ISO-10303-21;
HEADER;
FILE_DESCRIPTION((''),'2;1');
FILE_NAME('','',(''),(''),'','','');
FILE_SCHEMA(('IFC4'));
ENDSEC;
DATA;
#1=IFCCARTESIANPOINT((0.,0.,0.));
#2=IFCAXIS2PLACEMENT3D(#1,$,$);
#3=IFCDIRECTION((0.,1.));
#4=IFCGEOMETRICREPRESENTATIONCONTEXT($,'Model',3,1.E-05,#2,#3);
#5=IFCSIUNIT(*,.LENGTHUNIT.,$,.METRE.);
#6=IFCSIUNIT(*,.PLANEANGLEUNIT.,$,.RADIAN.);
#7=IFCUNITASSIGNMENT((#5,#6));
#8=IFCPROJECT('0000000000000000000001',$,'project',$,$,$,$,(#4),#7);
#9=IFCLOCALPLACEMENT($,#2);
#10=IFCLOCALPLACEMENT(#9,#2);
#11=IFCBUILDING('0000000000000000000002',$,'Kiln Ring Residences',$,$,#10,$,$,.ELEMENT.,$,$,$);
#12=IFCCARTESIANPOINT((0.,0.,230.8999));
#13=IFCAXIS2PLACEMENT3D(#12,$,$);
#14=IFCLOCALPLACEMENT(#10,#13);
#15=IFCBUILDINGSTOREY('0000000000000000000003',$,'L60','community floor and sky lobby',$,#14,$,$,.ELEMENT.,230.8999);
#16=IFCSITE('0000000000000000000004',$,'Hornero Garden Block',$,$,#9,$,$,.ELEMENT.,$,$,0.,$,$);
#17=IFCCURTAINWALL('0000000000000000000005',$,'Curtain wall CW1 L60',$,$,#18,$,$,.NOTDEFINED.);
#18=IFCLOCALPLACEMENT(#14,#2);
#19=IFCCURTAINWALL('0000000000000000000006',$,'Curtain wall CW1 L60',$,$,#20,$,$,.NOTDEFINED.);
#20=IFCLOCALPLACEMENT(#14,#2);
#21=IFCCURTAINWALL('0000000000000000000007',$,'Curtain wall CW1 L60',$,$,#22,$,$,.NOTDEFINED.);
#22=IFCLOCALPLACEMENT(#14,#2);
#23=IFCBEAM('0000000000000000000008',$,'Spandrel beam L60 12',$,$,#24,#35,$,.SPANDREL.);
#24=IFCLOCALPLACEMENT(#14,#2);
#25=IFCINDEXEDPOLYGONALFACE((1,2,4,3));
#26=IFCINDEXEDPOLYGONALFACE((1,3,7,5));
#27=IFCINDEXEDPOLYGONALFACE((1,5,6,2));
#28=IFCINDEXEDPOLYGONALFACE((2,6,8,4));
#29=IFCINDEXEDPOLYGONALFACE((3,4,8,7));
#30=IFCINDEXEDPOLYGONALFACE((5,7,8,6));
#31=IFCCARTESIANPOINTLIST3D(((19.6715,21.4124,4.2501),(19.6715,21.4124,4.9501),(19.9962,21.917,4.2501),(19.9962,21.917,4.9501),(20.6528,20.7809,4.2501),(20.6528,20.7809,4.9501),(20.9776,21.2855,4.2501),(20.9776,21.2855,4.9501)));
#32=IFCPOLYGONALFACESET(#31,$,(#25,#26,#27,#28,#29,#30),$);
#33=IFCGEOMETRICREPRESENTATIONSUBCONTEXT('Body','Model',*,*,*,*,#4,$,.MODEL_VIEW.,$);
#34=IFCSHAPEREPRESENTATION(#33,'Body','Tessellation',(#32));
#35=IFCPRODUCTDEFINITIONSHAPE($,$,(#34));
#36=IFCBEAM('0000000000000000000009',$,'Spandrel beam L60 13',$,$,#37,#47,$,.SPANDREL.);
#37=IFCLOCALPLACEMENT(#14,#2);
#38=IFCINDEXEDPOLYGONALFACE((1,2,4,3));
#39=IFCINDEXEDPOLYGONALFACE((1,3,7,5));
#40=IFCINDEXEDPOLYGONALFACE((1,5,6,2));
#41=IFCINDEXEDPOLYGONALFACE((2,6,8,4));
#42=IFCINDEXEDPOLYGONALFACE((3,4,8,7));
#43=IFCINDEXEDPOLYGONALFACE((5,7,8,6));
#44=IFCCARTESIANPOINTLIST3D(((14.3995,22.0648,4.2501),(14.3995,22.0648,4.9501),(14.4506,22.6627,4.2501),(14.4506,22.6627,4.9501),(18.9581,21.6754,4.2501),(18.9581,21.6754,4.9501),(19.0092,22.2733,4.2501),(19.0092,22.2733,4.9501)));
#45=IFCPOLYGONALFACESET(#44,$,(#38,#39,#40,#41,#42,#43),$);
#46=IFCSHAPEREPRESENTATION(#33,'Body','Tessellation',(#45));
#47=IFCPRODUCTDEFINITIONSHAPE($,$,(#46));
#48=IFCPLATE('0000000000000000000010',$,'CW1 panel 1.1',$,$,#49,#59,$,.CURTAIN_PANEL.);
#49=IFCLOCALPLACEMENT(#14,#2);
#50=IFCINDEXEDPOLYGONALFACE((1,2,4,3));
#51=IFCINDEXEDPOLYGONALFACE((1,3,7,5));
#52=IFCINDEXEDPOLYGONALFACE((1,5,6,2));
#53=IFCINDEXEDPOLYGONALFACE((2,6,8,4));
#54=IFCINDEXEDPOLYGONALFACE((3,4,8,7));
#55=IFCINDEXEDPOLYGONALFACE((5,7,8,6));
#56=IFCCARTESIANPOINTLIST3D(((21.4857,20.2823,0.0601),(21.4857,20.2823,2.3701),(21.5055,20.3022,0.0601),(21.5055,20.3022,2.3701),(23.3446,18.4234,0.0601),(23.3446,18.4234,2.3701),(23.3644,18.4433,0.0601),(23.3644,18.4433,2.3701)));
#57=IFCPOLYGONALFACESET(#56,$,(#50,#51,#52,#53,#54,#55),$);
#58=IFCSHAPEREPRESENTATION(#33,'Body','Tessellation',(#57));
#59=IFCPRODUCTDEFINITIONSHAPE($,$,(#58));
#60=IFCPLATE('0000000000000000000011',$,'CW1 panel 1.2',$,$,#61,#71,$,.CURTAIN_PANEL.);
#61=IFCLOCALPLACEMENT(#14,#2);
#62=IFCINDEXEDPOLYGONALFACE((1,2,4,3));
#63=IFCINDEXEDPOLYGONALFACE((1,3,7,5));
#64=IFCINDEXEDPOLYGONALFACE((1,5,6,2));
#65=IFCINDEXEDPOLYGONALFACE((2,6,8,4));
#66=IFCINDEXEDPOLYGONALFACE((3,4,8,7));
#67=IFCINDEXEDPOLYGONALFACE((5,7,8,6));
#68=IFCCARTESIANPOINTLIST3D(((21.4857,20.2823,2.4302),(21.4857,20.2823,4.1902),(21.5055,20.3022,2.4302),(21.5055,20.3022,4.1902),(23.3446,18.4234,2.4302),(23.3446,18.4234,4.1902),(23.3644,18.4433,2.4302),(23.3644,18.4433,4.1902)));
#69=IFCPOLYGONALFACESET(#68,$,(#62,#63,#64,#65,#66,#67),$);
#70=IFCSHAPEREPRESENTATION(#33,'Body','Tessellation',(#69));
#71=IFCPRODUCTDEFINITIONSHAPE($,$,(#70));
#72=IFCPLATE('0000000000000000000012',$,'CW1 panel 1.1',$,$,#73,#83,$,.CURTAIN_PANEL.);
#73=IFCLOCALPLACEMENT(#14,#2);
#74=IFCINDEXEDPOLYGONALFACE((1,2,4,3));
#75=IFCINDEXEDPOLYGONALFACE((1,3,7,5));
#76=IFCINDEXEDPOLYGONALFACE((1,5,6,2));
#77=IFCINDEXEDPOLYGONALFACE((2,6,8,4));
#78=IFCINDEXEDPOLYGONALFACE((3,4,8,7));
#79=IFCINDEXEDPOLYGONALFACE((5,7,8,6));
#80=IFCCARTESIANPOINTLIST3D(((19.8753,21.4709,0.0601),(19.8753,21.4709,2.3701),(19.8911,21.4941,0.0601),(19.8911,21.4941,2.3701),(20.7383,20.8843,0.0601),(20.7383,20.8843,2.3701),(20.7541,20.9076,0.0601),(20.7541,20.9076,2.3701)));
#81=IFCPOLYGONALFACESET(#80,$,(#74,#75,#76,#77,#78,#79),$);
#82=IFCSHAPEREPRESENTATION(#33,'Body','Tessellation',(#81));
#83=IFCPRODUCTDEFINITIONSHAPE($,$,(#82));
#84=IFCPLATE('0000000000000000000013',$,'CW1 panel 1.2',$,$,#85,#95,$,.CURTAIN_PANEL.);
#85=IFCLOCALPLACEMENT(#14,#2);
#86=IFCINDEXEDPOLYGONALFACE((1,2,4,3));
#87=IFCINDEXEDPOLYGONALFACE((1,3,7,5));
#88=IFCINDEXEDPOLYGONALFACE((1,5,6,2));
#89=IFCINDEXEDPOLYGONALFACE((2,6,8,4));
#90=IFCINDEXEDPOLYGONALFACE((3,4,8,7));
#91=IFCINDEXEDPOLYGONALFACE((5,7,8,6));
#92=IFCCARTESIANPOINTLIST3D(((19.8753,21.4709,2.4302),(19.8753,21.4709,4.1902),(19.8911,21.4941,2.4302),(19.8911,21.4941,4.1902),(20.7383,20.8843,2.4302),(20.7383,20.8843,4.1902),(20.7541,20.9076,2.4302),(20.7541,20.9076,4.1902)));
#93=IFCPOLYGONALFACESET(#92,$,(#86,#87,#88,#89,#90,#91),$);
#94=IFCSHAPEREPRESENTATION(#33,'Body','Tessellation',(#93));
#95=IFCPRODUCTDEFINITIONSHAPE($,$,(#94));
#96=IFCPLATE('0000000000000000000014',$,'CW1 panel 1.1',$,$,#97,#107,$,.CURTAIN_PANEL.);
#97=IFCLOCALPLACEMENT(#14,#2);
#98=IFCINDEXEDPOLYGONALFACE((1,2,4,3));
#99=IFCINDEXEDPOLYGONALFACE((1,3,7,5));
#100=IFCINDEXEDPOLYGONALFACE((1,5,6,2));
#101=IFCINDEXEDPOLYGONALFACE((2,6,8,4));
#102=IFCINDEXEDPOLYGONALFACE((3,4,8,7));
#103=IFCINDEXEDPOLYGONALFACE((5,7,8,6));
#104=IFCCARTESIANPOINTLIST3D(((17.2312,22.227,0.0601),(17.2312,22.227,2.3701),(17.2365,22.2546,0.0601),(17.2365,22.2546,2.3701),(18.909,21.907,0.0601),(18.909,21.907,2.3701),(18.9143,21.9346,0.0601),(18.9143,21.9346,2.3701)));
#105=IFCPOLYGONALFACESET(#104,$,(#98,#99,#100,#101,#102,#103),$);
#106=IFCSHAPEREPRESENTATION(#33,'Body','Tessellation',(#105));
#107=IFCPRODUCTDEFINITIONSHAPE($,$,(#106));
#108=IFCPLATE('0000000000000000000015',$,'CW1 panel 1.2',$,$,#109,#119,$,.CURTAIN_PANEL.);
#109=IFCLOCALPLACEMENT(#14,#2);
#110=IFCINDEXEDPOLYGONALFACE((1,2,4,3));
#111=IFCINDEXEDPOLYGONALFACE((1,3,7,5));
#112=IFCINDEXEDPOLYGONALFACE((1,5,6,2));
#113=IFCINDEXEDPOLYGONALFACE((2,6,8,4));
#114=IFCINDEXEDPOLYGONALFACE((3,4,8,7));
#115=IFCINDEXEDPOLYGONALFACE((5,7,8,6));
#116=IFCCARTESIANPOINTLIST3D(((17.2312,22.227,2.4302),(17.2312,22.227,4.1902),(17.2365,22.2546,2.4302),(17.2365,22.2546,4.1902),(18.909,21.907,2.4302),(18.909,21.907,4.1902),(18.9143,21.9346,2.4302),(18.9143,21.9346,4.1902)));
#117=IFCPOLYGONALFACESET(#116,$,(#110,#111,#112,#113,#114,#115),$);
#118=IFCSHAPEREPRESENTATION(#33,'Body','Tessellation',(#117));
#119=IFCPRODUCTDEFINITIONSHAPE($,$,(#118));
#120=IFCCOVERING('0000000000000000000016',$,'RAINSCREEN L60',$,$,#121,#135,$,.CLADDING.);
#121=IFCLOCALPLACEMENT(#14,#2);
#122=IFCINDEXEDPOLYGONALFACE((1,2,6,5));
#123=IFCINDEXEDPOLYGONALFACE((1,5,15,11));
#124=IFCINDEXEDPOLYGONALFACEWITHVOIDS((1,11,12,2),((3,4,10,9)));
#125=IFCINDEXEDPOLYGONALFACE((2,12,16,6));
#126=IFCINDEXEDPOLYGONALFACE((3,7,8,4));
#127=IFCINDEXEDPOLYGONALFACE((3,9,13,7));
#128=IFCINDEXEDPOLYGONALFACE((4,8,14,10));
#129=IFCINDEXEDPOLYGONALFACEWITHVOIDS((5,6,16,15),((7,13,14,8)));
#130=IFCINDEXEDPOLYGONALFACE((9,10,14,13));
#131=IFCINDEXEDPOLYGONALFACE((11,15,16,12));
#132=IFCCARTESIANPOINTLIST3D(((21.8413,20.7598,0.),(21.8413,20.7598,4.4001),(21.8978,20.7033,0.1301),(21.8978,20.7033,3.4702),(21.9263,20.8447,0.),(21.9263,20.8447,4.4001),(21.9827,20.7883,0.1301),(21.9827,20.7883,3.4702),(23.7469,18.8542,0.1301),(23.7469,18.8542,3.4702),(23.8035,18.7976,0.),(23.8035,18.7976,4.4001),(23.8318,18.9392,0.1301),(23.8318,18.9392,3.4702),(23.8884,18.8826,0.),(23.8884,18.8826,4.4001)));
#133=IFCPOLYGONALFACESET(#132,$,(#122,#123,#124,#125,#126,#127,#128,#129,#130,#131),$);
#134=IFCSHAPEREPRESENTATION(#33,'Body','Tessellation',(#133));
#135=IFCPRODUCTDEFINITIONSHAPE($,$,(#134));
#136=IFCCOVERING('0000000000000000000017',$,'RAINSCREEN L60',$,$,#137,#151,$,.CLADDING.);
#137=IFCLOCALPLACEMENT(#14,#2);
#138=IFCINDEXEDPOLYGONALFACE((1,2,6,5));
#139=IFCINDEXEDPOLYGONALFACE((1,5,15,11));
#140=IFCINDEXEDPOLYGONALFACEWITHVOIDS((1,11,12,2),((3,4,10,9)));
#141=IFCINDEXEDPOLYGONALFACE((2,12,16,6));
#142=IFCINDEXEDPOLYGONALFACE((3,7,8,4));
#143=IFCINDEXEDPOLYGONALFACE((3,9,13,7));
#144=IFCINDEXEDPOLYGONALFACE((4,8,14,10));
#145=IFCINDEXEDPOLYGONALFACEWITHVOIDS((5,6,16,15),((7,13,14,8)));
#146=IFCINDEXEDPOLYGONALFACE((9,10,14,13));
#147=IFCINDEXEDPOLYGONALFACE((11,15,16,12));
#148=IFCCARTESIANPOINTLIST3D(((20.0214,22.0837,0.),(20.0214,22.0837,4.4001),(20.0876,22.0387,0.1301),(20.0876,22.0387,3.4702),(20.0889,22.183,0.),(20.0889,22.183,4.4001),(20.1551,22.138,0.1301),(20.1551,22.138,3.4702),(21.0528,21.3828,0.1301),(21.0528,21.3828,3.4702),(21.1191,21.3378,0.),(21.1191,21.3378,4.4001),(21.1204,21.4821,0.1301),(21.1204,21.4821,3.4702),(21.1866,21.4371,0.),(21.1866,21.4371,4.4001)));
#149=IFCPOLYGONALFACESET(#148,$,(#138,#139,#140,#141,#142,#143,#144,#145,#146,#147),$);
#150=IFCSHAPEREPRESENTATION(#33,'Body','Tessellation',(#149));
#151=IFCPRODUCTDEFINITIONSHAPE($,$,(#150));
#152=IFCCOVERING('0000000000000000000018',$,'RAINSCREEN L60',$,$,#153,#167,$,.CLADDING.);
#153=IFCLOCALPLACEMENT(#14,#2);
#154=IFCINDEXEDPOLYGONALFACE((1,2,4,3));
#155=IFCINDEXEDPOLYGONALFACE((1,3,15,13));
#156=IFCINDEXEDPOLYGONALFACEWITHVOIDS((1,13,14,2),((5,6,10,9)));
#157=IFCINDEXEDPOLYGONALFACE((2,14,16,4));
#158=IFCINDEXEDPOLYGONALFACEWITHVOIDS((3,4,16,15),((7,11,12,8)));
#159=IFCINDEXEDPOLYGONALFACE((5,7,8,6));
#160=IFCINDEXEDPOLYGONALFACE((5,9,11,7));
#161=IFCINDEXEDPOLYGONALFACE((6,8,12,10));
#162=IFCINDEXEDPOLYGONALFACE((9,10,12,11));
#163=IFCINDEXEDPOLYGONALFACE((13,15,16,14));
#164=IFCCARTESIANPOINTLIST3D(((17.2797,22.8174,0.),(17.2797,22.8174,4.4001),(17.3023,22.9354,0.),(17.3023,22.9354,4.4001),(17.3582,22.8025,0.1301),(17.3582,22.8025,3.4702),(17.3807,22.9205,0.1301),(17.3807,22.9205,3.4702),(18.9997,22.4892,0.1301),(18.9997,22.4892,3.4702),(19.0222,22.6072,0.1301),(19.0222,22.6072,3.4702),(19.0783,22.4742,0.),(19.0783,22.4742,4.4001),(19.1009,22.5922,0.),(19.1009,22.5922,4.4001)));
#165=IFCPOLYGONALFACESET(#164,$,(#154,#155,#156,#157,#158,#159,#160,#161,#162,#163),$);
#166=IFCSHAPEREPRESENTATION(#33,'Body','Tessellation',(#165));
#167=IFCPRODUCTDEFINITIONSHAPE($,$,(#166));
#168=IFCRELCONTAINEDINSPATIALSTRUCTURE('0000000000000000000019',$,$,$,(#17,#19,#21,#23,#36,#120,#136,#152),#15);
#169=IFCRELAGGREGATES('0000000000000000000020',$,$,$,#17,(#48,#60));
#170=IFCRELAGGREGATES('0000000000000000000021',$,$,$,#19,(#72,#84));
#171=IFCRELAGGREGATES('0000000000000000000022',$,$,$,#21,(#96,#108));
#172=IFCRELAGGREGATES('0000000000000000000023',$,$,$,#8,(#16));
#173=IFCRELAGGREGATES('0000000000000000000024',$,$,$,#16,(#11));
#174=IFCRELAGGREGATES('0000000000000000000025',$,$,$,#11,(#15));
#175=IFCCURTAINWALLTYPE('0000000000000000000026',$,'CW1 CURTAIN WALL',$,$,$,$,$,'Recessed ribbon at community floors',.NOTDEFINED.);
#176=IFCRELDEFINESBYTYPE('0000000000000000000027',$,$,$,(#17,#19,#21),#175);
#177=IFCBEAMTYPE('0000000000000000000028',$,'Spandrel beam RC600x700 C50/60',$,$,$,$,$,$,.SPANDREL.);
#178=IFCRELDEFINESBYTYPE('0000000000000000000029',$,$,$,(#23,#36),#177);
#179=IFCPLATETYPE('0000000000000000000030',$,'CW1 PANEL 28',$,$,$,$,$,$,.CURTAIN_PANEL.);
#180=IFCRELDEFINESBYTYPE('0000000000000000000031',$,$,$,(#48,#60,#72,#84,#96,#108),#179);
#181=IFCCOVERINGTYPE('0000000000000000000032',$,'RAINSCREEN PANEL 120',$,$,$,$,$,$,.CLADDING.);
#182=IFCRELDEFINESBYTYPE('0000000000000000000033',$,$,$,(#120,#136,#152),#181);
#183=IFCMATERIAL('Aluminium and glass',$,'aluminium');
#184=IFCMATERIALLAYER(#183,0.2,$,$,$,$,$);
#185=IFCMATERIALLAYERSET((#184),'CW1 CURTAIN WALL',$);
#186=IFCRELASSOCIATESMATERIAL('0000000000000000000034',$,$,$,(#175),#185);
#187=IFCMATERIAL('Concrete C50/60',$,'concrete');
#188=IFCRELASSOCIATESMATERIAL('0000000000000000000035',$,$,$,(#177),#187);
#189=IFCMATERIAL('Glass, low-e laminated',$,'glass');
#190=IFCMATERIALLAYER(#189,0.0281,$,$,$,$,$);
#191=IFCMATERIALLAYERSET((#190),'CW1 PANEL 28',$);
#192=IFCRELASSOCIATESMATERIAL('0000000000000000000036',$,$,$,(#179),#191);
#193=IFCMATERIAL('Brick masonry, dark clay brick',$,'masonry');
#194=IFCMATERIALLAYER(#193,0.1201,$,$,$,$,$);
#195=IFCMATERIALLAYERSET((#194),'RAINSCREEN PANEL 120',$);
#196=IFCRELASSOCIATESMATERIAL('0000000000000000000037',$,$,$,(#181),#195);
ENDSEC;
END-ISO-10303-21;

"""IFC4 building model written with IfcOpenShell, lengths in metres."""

from ifc_helpers import new_model, si_unit, direction, frame, origin, origin_2d, place, context, subcontext, project, spatial, polyline, rectangle, outline, extrude, material, layer, layer_set, material_profile, profile_set, type_object, element, aggregate, save


model = new_model("IFC4")

# Units and contexts
model_context = context("Model", 3, precision=1e-05, world=origin(), true_north=direction((0.0, 1.0)))
body_context = subcontext(model_context, "Body", "Model", "MODEL_VIEW")
ifc_project = project(units=[si_unit("LENGTHUNIT", "METRE"), si_unit("PLANEANGLEUNIT", "RADIAN")], contexts=[model_context])

# Site, building, storey
site_placement = place(None, origin())
site = spatial("IfcSite", under=ifc_project, at=site_placement, Name="Hornero Garden Block", CompositionType="ELEMENT", RefElevation=0.0)
building_placement = place(site_placement, origin())
building = spatial("IfcBuilding", under=site, at=building_placement, Name="Kiln Ring Residences", CompositionType="ELEMENT")
storey_placement = place(building_placement, frame((0.0, 0.0, 230.8999)))
storey = spatial("IfcBuildingStorey", under=building, at=storey_placement, Name="L60", Description="community floor and sky lobby", CompositionType="ELEMENT", Elevation=230.8999)

# Curtain wall
ifc_material_1 = material(Name="Aluminium and glass", Category="aluminium")
ifc_layer_1 = layer(ifc_material_1, 0.2)
ifc_layer_set_1 = layer_set([ifc_layer_1], Name="CW1 CURTAIN WALL")
curtain_wall_type = type_object("IfcCurtainWallType", Name="CW1 CURTAIN WALL", ElementType="Recessed ribbon at community floors", PredefinedType="NOTDEFINED", material=ifc_layer_set_1)
placement = place(storey_placement, origin())
curtain_wall_1 = element("IfcCurtainWall", 1, at=placement, inside=storey, type_object=curtain_wall_type, Name="Curtain wall CW1 L60", PredefinedType="NOTDEFINED")

# Curtain wall
curtain_wall_2 = element("IfcCurtainWall", 2, at=placement, inside=storey, type_object=curtain_wall_type, Name="Curtain wall CW1 L60", PredefinedType="NOTDEFINED")

# Curtain wall
curtain_wall_3 = element("IfcCurtainWall", 3, at=placement, inside=storey, type_object=curtain_wall_type, Name="Curtain wall CW1 L60", PredefinedType="NOTDEFINED")

# Beams
ifc_material_2 = material(Name="Concrete C50/60", Category="concrete")
ifc_material_profile_1 = material_profile(ifc_material_2, rectangle(XDim=0.6001, YDim=0.7, at=origin_2d()), Name="RC600x700")
ifc_profile_set_1 = profile_set([ifc_material_profile_1], Name="Concrete C50/60")
beam_type = type_object("IfcBeamType", Name="Spandrel beam RC600x700 C50/60", PredefinedType="SPANDREL", material=ifc_profile_set_1)
beam_1_placement = place(storey_placement, frame((20.8152, 21.0332, 4.6001), z_axis=(-0.84092, 0.541159, 0.0), x_axis=(-0.541159, -0.84092, 0.0)))
element("IfcBeam", 4, at=beam_1_placement, inside=storey, type_object=beam_type, Name="Spandrel beam L60 12", PredefinedType="SPANDREL", context=body_context, shape_type="SweptSolid", body=[
    extrude(rectangle(XDim=0.6001, YDim=0.7, at=origin_2d()), origin(), (0.0, 0.0, 1.0), 1.167),
])
beam_2_placement = place(storey_placement, frame((18.9836, 21.9744, 4.6001), z_axis=(-0.996371, 0.085112, 0.0), x_axis=(-0.085112, -0.996371, 0.0)))
element("IfcBeam", 5, at=beam_2_placement, inside=storey, type_object=beam_type, Name="Spandrel beam L60 13", PredefinedType="SPANDREL", context=body_context, shape_type="SweptSolid", body=[
    extrude(rectangle(XDim=0.6001, YDim=0.7, at=origin_2d()), origin(), (0.0, 0.0, 1.0), 4.5752),
])

# Plates
ifc_material_3 = material(Name="Glass, low-e laminated", Category="glass")
ifc_layer_2 = layer(ifc_material_3, 0.0281)
ifc_layer_set_2 = layer_set([ifc_layer_2], Name="CW1 PANEL 28")
plate_type = type_object("IfcPlateType", Name="CW1 PANEL 28", PredefinedType="CURTAIN_PANEL", material=ifc_layer_set_2)
plate_1_placement = place(storey_placement, frame((22.425, 19.3628, 0.0601), z_axis=(0.0, 0.0, 1.0), x_axis=(-0.707107, 0.707107, 0.0)))
plate_1 = element("IfcPlate", 6, at=plate_1_placement, type_object=plate_type, Name="CW1 panel 1.1", PredefinedType="CURTAIN_PANEL", context=body_context, shape_type="SweptSolid", body=[
    extrude(rectangle(XDim=2.6289, YDim=0.0281, at=origin_2d()), origin(), (0.0, 0.0, 1.0), 2.3101),
])
plate_2_placement = place(storey_placement, frame((22.425, 19.3628, 2.4302), z_axis=(0.0, 0.0, 1.0), x_axis=(-0.707107, 0.707107, 0.0)))
plate_2 = element("IfcPlate", 7, at=plate_2_placement, type_object=plate_type, Name="CW1 panel 1.2", PredefinedType="CURTAIN_PANEL", context=body_context, shape_type="SweptSolid", body=[
    extrude(rectangle(XDim=2.6289, YDim=0.0281, at=origin_2d()), origin(), (0.0, 0.0, 1.0), 1.76),
])
aggregate(curtain_wall_1, [plate_1, plate_2])
plate_3_placement = place(storey_placement, frame((20.3147, 21.1892, 0.0601), z_axis=(0.0, 0.0, 1.0), x_axis=(-0.827072, 0.562097, 0.0)))
plate_3 = element("IfcPlate", 8, at=plate_3_placement, type_object=plate_type, Name="CW1 panel 1.1", PredefinedType="CURTAIN_PANEL", context=body_context, shape_type="SweptSolid", body=[
    extrude(rectangle(XDim=1.0435, YDim=0.0281, at=origin_2d()), origin(), (0.0, 0.0, 1.0), 2.3101),
])
plate_4_placement = place(storey_placement, frame((20.3147, 21.1892, 2.4302), z_axis=(0.0, 0.0, 1.0), x_axis=(-0.827072, 0.562097, 0.0)))
plate_4 = element("IfcPlate", 9, at=plate_4_placement, type_object=plate_type, Name="CW1 panel 1.2", PredefinedType="CURTAIN_PANEL", context=body_context, shape_type="SweptSolid", body=[
    extrude(rectangle(XDim=1.0435, YDim=0.0281, at=origin_2d()), origin(), (0.0, 0.0, 1.0), 1.76),
])
aggregate(curtain_wall_2, [plate_3, plate_4])
plate_5_placement = place(storey_placement, frame((18.0728, 22.0808, 0.0601), z_axis=(0.0, 0.0, 1.0), x_axis=(-0.98229, 0.187366, 0.0)))
plate_5 = element("IfcPlate", 10, at=plate_5_placement, type_object=plate_type, Name="CW1 panel 1.1", PredefinedType="CURTAIN_PANEL", context=body_context, shape_type="SweptSolid", body=[
    extrude(rectangle(XDim=1.708, YDim=0.0281, at=origin_2d()), origin(), (0.0, 0.0, 1.0), 2.3101),
])
plate_6_placement = place(storey_placement, frame((18.0728, 22.0808, 2.4302), z_axis=(0.0, 0.0, 1.0), x_axis=(-0.98229, 0.187366, 0.0)))
plate_6 = element("IfcPlate", 11, at=plate_6_placement, type_object=plate_type, Name="CW1 panel 1.2", PredefinedType="CURTAIN_PANEL", context=body_context, shape_type="SweptSolid", body=[
    extrude(rectangle(XDim=1.708, YDim=0.0281, at=origin_2d()), origin(), (0.0, 0.0, 1.0), 1.76),
])
aggregate(curtain_wall_3, [plate_5, plate_6])

# Coverings
ifc_material_4 = material(Name="Brick masonry, dark clay brick", Category="masonry")
ifc_layer_3 = layer(ifc_material_4, 0.1201)
ifc_layer_set_3 = layer_set([ifc_layer_3], Name="RAINSCREEN PANEL 120")
covering_type = type_object("IfcCoveringType", Name="RAINSCREEN PANEL 120", PredefinedType="CLADDING", material=ifc_layer_set_3)
covering_1_placement = place(storey_placement, frame((23.8459, 18.8401, 0.0), z_axis=(0.0, 0.0, 1.0), x_axis=(-0.707107, 0.707107, 0.0)))
element("IfcCovering", 12, at=covering_1_placement, inside=storey, type_object=covering_type, Name="RAINSCREEN L60", PredefinedType="CLADDING", context=body_context, shape_type="SweptSolid", body=[
    extrude(outline(polyline([(0.0, 0.0), (2.7749, 0.0), (2.7749, 4.4001), (0.0, 4.4001), (0.0, 0.0)]), holes=[polyline([(0.0801, 3.4702), (0.0801, 0.1301), (2.6951, 0.1301), (2.6951, 3.4702), (0.0801, 3.4702)])]), frame((0.0, 0.0601, 0.0), z_axis=(0.0, -1.0, 0.0), x_axis=(1.0, 0.0, 0.0)), (0.0, 0.0, 1.0), 0.1201),
])
covering_2_placement = place(storey_placement, frame((21.1528, 21.3875, 0.0), z_axis=(0.0, 0.0, 1.0), x_axis=(-0.827121, 0.562023, 0.0)))
element("IfcCovering", 13, at=covering_2_placement, inside=storey, type_object=covering_type, Name="RAINSCREEN L60", PredefinedType="CLADDING", context=body_context, shape_type="SweptSolid", body=[
    extrude(outline(polyline([(0.0, 0.0), (1.3271, 0.0), (1.3271, 4.4001), (0.0, 4.4001), (0.0, 0.0)]), holes=[polyline([(0.0801, 3.4702), (0.0801, 0.1301), (1.2471, 0.1301), (1.2471, 3.4702), (0.0801, 3.4702)])]), frame((0.0, 0.0601, 0.0), z_axis=(0.0, -1.0, 0.0), x_axis=(1.0, 0.0, 0.0)), (0.0, 0.0, 1.0), 0.1201),
])
covering_3_placement = place(storey_placement, frame((19.0896, 22.5332, 0.0), z_axis=(0.0, 0.0, 1.0), x_axis=(-0.982275, 0.187443, 0.0)))
element("IfcCovering", 14, at=covering_3_placement, inside=storey, type_object=covering_type, Name="RAINSCREEN L60", PredefinedType="CLADDING", context=body_context, shape_type="SweptSolid", body=[
    extrude(outline(polyline([(0.0, 0.0), (1.8311, 0.0), (1.8311, 4.4001), (0.0, 4.4001), (0.0, 0.0)]), holes=[polyline([(0.0801, 3.4702), (0.0801, 0.1301), (1.7512, 0.1301), (1.7512, 3.4702), (0.0801, 3.4702)])]), frame((0.0, 0.0601, 0.0), z_axis=(0.0, -1.0, 0.0), x_axis=(1.0, 0.0, 0.0)), (0.0, 0.0, 1.0), 0.1201),
])

save(model, "model.ifc")
